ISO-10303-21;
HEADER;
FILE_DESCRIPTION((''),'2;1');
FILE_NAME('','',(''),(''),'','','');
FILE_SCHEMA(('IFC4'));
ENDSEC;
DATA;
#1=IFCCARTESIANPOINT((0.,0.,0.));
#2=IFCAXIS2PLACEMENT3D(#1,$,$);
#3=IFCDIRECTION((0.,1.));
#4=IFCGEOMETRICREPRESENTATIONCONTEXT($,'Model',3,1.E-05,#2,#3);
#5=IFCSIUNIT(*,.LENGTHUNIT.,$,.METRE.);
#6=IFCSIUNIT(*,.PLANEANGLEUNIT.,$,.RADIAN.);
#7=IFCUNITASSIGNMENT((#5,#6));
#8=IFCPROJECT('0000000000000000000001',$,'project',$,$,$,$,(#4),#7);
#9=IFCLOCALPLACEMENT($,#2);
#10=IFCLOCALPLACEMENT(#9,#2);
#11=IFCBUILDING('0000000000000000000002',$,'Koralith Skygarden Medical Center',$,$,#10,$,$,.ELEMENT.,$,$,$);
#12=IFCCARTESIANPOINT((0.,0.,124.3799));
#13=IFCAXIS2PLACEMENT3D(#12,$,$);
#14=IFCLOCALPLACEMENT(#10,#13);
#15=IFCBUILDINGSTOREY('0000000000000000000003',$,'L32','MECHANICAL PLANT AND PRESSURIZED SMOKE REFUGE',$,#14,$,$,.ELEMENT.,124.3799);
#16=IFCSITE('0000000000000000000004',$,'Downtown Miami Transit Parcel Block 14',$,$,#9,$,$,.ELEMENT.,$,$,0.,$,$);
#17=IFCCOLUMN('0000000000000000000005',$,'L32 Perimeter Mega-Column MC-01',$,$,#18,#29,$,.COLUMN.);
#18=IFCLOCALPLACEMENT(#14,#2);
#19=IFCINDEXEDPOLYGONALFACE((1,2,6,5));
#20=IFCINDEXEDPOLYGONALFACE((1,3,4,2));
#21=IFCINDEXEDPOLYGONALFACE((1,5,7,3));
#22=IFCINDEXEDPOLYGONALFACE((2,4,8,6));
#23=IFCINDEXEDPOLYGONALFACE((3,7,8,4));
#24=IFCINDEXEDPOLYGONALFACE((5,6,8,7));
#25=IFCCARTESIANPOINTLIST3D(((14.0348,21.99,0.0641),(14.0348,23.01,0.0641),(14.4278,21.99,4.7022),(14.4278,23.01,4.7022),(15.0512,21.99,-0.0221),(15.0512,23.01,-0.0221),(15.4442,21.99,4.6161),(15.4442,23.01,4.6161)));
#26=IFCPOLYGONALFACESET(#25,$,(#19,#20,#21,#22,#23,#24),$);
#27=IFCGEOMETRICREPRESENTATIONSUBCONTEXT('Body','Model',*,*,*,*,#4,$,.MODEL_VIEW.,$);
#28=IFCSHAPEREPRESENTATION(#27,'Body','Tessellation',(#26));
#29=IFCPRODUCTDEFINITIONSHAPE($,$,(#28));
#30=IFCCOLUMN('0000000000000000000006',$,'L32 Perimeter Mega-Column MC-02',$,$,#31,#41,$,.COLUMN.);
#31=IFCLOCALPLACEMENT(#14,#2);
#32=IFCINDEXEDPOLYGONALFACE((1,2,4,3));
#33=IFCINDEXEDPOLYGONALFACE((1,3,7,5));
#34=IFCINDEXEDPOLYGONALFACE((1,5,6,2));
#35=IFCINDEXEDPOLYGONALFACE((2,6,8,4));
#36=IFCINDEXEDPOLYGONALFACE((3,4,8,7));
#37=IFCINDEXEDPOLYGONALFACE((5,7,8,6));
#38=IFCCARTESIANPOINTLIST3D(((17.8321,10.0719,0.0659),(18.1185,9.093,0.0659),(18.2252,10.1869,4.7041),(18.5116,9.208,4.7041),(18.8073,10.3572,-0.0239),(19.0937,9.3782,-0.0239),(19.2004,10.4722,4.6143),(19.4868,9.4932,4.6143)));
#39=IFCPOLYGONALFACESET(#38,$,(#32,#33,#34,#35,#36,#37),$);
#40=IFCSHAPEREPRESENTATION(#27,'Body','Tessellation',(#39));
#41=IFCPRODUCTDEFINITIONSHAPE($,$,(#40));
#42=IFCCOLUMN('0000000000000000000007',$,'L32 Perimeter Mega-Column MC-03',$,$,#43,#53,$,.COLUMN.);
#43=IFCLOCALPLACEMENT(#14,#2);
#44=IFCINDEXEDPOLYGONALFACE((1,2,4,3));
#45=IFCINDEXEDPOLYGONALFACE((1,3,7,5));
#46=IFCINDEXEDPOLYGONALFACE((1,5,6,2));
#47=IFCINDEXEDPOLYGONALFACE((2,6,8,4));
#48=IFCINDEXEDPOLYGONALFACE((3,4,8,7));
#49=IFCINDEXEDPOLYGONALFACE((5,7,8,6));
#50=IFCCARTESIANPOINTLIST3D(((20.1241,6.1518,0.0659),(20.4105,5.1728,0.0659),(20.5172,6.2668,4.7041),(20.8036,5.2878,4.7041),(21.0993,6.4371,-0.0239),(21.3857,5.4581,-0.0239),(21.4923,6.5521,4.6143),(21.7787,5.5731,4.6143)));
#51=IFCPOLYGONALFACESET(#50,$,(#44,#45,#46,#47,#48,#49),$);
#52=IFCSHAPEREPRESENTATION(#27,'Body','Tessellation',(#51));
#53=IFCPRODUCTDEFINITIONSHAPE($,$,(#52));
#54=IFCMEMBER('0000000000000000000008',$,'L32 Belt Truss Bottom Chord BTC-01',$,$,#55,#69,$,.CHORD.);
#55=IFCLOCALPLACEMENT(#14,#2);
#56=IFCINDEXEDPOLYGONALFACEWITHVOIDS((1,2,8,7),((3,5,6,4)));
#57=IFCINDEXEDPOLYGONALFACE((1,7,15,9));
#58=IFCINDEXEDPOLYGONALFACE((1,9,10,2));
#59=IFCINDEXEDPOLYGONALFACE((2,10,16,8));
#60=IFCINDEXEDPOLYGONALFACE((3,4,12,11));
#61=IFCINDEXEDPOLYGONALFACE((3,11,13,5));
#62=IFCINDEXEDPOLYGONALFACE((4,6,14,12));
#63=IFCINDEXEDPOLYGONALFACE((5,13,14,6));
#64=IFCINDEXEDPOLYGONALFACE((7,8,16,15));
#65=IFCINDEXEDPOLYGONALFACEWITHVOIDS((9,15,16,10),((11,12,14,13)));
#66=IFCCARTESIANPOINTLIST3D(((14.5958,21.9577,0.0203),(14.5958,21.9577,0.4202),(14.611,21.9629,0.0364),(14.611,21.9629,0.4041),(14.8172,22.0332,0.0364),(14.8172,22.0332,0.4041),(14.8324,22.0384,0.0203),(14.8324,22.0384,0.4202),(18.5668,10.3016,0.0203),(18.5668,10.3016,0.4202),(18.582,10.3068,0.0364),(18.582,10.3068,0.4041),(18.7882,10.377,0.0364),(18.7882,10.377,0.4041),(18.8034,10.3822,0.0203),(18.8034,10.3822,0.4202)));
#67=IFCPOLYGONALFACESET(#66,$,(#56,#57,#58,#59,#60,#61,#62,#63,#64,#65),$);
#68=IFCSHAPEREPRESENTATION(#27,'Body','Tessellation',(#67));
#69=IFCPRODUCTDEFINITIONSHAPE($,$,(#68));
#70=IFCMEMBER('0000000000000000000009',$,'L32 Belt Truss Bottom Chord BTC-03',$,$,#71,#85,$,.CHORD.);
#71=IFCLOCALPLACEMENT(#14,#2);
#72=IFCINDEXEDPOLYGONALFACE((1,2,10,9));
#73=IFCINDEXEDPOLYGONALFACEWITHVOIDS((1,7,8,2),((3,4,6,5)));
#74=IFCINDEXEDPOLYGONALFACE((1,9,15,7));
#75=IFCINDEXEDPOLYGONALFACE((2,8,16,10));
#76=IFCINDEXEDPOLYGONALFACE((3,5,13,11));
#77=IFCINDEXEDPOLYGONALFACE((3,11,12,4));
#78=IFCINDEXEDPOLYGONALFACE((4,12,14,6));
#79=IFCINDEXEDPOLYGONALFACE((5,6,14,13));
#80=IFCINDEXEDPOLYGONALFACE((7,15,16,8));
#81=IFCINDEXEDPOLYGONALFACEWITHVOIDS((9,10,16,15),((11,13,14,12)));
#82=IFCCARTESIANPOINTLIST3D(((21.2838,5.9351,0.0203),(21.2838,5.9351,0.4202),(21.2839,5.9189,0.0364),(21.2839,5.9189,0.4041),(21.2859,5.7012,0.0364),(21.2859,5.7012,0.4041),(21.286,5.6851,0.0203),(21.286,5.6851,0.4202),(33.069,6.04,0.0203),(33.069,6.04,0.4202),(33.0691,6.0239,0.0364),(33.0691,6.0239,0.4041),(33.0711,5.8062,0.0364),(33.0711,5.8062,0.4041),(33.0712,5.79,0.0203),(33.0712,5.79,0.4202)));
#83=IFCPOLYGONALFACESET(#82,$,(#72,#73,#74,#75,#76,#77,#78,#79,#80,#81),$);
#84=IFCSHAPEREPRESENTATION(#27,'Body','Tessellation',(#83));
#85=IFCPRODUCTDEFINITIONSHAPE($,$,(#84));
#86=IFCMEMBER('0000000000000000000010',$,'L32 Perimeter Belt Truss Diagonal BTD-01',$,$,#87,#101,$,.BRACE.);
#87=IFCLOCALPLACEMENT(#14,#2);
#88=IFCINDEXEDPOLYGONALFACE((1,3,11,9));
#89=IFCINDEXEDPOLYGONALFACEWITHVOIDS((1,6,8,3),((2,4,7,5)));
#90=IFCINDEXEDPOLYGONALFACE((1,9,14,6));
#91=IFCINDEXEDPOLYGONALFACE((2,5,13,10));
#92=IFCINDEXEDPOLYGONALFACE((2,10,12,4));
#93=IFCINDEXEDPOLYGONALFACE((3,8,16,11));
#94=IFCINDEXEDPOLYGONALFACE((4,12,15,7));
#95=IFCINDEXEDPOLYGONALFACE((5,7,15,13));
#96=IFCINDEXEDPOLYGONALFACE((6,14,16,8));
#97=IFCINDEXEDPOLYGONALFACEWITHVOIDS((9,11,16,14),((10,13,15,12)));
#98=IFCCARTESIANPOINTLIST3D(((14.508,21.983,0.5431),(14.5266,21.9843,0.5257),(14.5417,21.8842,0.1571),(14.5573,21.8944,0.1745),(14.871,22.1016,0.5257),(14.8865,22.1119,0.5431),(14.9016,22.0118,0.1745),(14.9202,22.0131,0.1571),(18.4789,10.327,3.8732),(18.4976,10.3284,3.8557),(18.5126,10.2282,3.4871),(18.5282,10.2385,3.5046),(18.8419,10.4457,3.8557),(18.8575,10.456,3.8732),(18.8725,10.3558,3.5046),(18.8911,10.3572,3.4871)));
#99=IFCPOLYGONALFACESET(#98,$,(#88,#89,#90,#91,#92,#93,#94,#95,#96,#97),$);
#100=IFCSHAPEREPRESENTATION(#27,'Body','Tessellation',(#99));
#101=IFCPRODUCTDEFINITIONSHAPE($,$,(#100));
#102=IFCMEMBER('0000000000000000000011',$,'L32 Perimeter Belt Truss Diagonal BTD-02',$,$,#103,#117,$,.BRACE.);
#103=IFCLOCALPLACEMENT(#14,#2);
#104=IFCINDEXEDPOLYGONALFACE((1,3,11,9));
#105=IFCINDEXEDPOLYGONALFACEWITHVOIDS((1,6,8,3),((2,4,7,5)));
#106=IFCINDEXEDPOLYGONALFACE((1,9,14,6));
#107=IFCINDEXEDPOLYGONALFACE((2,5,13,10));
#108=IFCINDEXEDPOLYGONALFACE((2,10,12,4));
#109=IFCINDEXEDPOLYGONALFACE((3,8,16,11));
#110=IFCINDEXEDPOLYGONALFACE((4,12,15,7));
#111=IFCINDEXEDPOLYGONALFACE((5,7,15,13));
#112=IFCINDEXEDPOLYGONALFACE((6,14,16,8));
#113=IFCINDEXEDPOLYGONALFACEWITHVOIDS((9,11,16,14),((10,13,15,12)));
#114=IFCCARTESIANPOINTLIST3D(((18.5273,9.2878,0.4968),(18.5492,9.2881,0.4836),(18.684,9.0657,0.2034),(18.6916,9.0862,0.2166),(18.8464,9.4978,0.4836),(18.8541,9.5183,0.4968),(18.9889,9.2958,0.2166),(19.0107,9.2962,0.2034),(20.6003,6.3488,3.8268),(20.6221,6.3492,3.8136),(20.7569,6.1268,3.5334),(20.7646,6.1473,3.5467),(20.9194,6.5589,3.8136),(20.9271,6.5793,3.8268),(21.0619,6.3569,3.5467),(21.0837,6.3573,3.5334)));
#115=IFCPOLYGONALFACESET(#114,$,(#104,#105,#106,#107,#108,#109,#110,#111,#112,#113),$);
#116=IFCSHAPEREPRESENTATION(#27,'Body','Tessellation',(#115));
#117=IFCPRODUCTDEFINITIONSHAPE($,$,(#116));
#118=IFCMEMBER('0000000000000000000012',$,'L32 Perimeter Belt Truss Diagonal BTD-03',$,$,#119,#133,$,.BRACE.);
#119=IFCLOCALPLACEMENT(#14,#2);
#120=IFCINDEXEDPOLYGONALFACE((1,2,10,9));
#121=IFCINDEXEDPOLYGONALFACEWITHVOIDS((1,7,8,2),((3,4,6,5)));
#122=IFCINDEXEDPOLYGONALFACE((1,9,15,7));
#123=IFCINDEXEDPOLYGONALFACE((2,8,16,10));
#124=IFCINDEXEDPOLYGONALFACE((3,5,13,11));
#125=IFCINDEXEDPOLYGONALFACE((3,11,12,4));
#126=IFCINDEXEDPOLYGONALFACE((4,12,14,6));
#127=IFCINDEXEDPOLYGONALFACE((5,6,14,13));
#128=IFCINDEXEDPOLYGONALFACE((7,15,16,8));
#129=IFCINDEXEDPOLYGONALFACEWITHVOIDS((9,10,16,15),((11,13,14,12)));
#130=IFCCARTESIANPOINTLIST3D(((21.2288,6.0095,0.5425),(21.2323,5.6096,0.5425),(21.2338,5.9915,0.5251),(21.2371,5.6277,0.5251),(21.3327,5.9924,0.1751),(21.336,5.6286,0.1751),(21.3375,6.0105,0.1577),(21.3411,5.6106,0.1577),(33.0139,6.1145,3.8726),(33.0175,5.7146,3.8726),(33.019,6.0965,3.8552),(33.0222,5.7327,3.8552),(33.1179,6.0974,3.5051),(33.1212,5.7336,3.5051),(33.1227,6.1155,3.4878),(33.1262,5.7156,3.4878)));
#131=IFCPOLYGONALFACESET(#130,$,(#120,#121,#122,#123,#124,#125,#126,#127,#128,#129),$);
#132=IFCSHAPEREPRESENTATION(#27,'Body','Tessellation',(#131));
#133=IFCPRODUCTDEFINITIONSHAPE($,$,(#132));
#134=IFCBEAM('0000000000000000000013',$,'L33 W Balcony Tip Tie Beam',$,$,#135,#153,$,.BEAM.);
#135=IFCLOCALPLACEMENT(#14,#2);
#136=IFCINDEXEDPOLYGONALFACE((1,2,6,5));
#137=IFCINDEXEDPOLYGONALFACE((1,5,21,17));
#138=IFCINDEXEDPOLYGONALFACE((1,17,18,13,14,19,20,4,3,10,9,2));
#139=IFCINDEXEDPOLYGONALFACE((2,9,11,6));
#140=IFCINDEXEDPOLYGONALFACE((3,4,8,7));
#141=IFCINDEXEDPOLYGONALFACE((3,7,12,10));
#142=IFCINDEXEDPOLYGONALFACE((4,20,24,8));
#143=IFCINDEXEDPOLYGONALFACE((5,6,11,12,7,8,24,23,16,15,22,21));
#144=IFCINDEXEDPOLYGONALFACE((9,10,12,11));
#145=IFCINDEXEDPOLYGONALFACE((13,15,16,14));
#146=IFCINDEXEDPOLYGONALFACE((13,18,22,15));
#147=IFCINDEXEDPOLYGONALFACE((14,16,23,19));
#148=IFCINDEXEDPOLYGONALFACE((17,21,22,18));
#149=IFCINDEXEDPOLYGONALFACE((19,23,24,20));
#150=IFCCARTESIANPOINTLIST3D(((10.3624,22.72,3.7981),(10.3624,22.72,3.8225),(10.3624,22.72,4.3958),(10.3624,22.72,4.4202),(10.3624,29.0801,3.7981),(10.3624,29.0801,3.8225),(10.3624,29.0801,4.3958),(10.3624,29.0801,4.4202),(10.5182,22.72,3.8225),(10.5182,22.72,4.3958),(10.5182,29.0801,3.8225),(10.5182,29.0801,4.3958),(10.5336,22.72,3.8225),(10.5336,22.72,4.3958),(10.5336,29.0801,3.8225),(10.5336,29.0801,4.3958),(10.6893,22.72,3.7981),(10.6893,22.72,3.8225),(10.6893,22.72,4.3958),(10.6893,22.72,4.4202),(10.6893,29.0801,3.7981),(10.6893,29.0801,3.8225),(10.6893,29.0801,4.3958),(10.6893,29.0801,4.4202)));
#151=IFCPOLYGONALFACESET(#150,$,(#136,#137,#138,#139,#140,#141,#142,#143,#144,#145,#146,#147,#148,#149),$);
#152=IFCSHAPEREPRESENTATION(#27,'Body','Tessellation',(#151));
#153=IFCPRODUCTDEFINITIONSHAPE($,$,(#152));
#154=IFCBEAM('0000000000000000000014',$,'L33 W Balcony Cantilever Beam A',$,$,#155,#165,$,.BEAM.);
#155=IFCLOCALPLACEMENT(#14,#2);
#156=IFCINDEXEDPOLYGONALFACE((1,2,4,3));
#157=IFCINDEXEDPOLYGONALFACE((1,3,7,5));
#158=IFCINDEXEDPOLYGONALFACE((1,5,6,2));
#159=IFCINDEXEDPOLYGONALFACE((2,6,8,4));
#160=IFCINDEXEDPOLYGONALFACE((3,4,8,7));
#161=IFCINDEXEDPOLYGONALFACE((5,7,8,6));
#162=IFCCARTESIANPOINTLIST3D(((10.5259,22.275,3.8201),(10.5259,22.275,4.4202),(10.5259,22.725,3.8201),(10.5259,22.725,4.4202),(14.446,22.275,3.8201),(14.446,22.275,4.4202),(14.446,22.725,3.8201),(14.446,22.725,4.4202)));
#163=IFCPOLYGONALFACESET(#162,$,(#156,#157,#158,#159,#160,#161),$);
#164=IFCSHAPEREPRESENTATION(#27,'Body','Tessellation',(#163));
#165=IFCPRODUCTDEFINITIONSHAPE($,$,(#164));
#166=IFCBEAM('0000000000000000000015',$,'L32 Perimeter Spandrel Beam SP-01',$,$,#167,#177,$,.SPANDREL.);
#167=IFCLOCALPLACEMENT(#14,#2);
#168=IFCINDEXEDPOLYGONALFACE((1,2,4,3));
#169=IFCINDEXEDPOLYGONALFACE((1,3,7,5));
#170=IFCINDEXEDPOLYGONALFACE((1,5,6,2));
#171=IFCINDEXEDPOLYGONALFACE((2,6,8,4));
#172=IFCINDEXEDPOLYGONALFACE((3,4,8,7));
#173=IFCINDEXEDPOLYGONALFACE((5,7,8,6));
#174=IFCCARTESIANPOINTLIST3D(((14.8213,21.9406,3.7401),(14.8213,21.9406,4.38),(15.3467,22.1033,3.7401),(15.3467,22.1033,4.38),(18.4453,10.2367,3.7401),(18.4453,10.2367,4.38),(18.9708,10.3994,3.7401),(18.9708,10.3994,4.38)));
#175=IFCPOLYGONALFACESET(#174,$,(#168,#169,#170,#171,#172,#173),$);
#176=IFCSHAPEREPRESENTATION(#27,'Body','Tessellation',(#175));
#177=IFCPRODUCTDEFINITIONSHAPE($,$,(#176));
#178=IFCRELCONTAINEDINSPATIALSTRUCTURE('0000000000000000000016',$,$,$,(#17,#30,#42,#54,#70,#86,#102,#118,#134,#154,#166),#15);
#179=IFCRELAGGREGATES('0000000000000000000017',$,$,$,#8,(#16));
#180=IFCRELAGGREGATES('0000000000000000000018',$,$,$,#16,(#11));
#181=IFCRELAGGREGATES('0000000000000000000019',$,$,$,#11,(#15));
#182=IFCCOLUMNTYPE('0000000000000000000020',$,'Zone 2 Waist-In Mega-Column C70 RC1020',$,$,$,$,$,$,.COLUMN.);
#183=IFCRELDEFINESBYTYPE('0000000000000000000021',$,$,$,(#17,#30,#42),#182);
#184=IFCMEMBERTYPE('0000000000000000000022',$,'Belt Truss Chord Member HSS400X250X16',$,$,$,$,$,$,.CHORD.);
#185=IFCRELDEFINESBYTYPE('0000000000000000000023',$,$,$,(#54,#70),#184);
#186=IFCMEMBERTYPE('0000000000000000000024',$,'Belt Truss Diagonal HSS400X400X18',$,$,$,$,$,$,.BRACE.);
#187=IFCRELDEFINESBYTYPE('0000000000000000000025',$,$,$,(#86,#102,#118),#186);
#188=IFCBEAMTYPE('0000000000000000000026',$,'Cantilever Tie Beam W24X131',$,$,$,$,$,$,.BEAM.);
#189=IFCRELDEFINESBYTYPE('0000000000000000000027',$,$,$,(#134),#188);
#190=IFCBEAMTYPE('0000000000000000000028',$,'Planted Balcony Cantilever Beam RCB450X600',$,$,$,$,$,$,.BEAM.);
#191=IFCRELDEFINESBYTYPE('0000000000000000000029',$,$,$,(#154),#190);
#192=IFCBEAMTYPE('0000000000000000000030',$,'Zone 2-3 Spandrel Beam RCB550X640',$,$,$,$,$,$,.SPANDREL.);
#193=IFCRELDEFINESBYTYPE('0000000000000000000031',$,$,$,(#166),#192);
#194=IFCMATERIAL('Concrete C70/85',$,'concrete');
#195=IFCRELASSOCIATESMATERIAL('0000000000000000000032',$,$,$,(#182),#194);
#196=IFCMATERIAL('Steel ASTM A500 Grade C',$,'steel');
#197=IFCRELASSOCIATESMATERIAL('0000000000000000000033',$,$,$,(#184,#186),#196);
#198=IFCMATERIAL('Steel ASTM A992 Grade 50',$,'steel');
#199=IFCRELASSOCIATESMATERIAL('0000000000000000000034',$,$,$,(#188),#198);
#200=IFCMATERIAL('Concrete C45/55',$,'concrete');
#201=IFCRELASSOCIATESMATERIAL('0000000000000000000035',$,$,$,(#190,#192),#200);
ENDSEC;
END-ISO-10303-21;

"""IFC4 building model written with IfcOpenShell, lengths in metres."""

from ifc_helpers import new_model, si_unit, direction, frame, origin, origin_2d, place, context, subcontext, project, spatial, rectangle, hollow_rectangle, i_section, extrude, material, material_profile, profile_set, type_object, element, save


model = new_model("IFC4")

# Units and contexts
model_context = context("Model", 3, precision=1e-05, world=origin(), true_north=direction((0.0, 1.0)))
body_context = subcontext(model_context, "Body", "Model", "MODEL_VIEW")
ifc_project = project(units=[si_unit("LENGTHUNIT", "METRE"), si_unit("PLANEANGLEUNIT", "RADIAN")], contexts=[model_context])

# Site, building, storey
site_placement = place(None, origin())
site = spatial("IfcSite", under=ifc_project, at=site_placement, Name="Downtown Miami Transit Parcel Block 14", CompositionType="ELEMENT", RefElevation=0.0)
building_placement = place(site_placement, origin())
building = spatial("IfcBuilding", under=site, at=building_placement, Name="Koralith Skygarden Medical Center", CompositionType="ELEMENT")
storey_placement = place(building_placement, frame((0.0, 0.0, 124.3799)))
storey = spatial("IfcBuildingStorey", under=building, at=storey_placement, Name="L32", Description="MECHANICAL PLANT AND PRESSURIZED SMOKE REFUGE", CompositionType="ELEMENT", Elevation=124.3799)

# Columns
ifc_material_1 = material(Name="Concrete C70/85", Category="concrete")
ifc_material_profile_1 = material_profile(ifc_material_1, rectangle(XDim=1.02, YDim=1.02, at=origin_2d()), Name="RC1020X1020")
ifc_profile_set_1 = profile_set([ifc_material_profile_1], Name="Concrete C70/85")
column_type = type_object("IfcColumnType", Name="Zone 2 Waist-In Mega-Column C70 RC1020", PredefinedType="COLUMN", material=ifc_profile_set_1)
column_placement = place(storey_placement, frame((14.543, 22.5, 0.021), z_axis=(0.084443, 0.0, 0.996428), x_axis=(0.0, 1.0, 0.0)))
element("IfcColumn", 1, at=column_placement, inside=storey, type_object=column_type, Name="L32 Perimeter Mega-Column MC-01", PredefinedType="COLUMN", context=body_context, shape_type="SweptSolid", body=[
    extrude(rectangle(XDim=1.02, YDim=1.02, at=origin_2d()), origin(), (0.0, 0.0, 1.0), 4.6548),
])
for number, where, z_axis, x_axis, name in (
    (2, (18.4629, 9.7251, 0.021), (0.084417, 0.024696, 0.996124), (-0.280778, 0.959773, 0.0), "L32 Perimeter Mega-Column MC-02"),
    (3, (20.7549, 5.8049, 0.021), (0.084417, 0.024696, 0.996124), (-0.280778, 0.959773, 0.0), "L32 Perimeter Mega-Column MC-03"),
):
    element("IfcColumn", number, at=place(storey_placement, frame(where, z_axis=z_axis, x_axis=x_axis)), inside=storey, type_object=column_type, Name=name, PredefinedType="COLUMN", context=body_context, shape_type="SweptSolid", body=[
        extrude(rectangle(XDim=1.02, YDim=1.02, at=origin_2d()), origin(), (0.0, 0.0, 1.0), 4.6562),
    ])

# Members
ifc_material_2 = material(Name="Steel ASTM A500 Grade C", Category="steel")
ifc_material_profile_2 = material_profile(ifc_material_2, hollow_rectangle(XDim=0.25, YDim=0.3999, WallThickness=0.0161, at=origin_2d()), Name="HSS400X250X16")
ifc_profile_set_2 = profile_set([ifc_material_profile_2], Name="Steel ASTM A500 Grade C")
member_type_1 = type_object("IfcMemberType", Name="Belt Truss Chord Member HSS400X250X16", PredefinedType="CHORD", material=ifc_profile_set_2)
member_1_placement = place(storey_placement, frame((14.7141, 21.998, 0.2202), z_axis=(0.322478, -0.946577, 0.0), x_axis=(0.946577, 0.322478, 0.0)))
element("IfcMember", 4, at=member_1_placement, inside=storey, type_object=member_type_1, Name="L32 Belt Truss Bottom Chord BTC-01", PredefinedType="CHORD", context=body_context, shape_type="SweptSolid", body=[
    extrude(hollow_rectangle(XDim=0.25, YDim=0.3999, WallThickness=0.0161, at=origin_2d()), origin(), (0.0, 0.0, 1.0), 12.314),
])
member_2_placement = place(storey_placement, frame((21.2849, 5.8101, 0.2202), z_axis=(0.99996, 0.008908, 0.0), x_axis=(-0.008908, 0.99996, 0.0)))
element("IfcMember", 5, at=member_2_placement, inside=storey, type_object=member_type_1, Name="L32 Belt Truss Bottom Chord BTC-03", PredefinedType="CHORD", context=body_context, shape_type="SweptSolid", body=[
    extrude(hollow_rectangle(XDim=0.25, YDim=0.3999, WallThickness=0.0161, at=origin_2d()), origin(), (0.0, 0.0, 1.0), 11.7856),
])
ifc_material_profile_3 = material_profile(ifc_material_2, hollow_rectangle(XDim=0.3999, YDim=0.3999, WallThickness=0.0181, at=origin_2d()), Name="HSS400X400X18")
ifc_profile_set_3 = profile_set([ifc_material_profile_3], Name="Steel ASTM A500 Grade C")
member_type_2 = type_object("IfcMemberType", Name="Belt Truss Diagonal HSS400X400X18", PredefinedType="BRACE", material=ifc_profile_set_3)
member_3_placement = place(storey_placement, frame((14.7141, 21.998, 0.3501), z_axis=(0.311296, -0.913753, 0.261056), x_axis=(0.946577, 0.322478, 0.0)))
element("IfcMember", 6, at=member_3_placement, inside=storey, type_object=member_type_2, Name="L32 Perimeter Belt Truss Diagonal BTD-01", PredefinedType="BRACE", context=body_context, shape_type="SweptSolid", body=[
    extrude(hollow_rectangle(XDim=0.3999, YDim=0.3999, WallThickness=0.0181, at=origin_2d()), origin(), (0.0, 0.0, 1.0), 12.7561),
])
member_4_placement = place(storey_placement, frame((18.769, 9.292, 0.3501), z_axis=(0.422935, -0.599611, 0.679406), x_axis=(0.817173, 0.576393, 0.0)))
element("IfcMember", 7, at=member_4_placement, inside=storey, type_object=member_type_2, Name="L32 Perimeter Belt Truss Diagonal BTD-02", PredefinedType="BRACE", context=body_context, shape_type="SweptSolid", body=[
    extrude(hollow_rectangle(XDim=0.3999, YDim=0.3999, WallThickness=0.0181, at=origin_2d()), origin(), (0.0, 0.0, 1.0), 4.9014),
])
member_5_placement = place(storey_placement, frame((21.2849, 5.8101, 0.3501), z_axis=(0.962285, 0.008572, 0.271908), x_axis=(-0.008908, 0.99996, 0.0)))
element("IfcMember", 8, at=member_5_placement, inside=storey, type_object=member_type_2, Name="L32 Perimeter Belt Truss Diagonal BTD-03", PredefinedType="BRACE", context=body_context, shape_type="SweptSolid", body=[
    extrude(hollow_rectangle(XDim=0.3999, YDim=0.3999, WallThickness=0.0181, at=origin_2d()), origin(), (0.0, 0.0, 1.0), 12.2471),
])

# Beams
ifc_material_3 = material(Name="Steel ASTM A992 Grade 50", Category="steel")
ifc_material_profile_4 = material_profile(ifc_material_3, i_section(OverallWidth=0.3269, OverallDepth=0.6221, WebThickness=0.0154, FlangeThickness=0.0244, at=origin_2d()), Name="W24X131")
ifc_profile_set_4 = profile_set([ifc_material_profile_4], Name="Steel ASTM A992 Grade 50")
beam_type_1 = type_object("IfcBeamType", Name="Cantilever Tie Beam W24X131", PredefinedType="BEAM", material=ifc_profile_set_4)
beam_1_placement = place(storey_placement, frame((10.5259, 22.72, 4.1091), z_axis=(0.0, 1.0, 0.0), x_axis=(-1.0, 0.0, 0.0)))
element("IfcBeam", 9, at=beam_1_placement, inside=storey, type_object=beam_type_1, Name="L33 W Balcony Tip Tie Beam", PredefinedType="BEAM", context=body_context, shape_type="SweptSolid", body=[
    extrude(i_section(OverallWidth=0.3269, OverallDepth=0.6221, WebThickness=0.0154, FlangeThickness=0.0244, at=origin_2d()), origin(), (0.0, 0.0, 1.0), 6.3601),
])
ifc_material_4 = material(Name="Concrete C45/55", Category="concrete")
ifc_material_profile_5 = material_profile(ifc_material_4, rectangle(XDim=0.45, YDim=0.6001, at=origin_2d()), Name="RCB450X600")
ifc_profile_set_5 = profile_set([ifc_material_profile_5], Name="Concrete C45/55")
beam_type_2 = type_object("IfcBeamType", Name="Planted Balcony Cantilever Beam RCB450X600", PredefinedType="BEAM", material=ifc_profile_set_5)
beam_2_placement = place(storey_placement, frame((14.446, 22.5, 4.1201), z_axis=(-1.0, 0.0, 0.0), x_axis=(0.0, -1.0, 0.0)))
element("IfcBeam", 10, at=beam_2_placement, inside=storey, type_object=beam_type_2, Name="L33 W Balcony Cantilever Beam A", PredefinedType="BEAM", context=body_context, shape_type="SweptSolid", body=[
    extrude(rectangle(XDim=0.45, YDim=0.6001, at=origin_2d()), origin(), (0.0, 0.0, 1.0), 3.9202),
])
ifc_material_profile_6 = material_profile(ifc_material_4, rectangle(XDim=0.55, YDim=0.6399, at=origin_2d()), Name="RCB550X640")
ifc_profile_set_6 = profile_set([ifc_material_profile_6], Name="Concrete C45/55")
beam_type_3 = type_object("IfcBeamType", Name="Zone 2-3 Spandrel Beam RCB550X640", PredefinedType="SPANDREL", material=ifc_profile_set_6)
beam_3_placement = place(storey_placement, frame((15.084, 22.022, 4.0601), z_axis=(0.295788, -0.955254, 0.0), x_axis=(0.955254, 0.295788, 0.0)))
element("IfcBeam", 11, at=beam_3_placement, inside=storey, type_object=beam_type_3, Name="L32 Perimeter Spandrel Beam SP-01", PredefinedType="SPANDREL", context=body_context, shape_type="SweptSolid", body=[
    extrude(rectangle(XDim=0.55, YDim=0.6399, at=origin_2d()), origin(), (0.0, 0.0, 1.0), 12.2522),
])

save(model, "model.ifc")
